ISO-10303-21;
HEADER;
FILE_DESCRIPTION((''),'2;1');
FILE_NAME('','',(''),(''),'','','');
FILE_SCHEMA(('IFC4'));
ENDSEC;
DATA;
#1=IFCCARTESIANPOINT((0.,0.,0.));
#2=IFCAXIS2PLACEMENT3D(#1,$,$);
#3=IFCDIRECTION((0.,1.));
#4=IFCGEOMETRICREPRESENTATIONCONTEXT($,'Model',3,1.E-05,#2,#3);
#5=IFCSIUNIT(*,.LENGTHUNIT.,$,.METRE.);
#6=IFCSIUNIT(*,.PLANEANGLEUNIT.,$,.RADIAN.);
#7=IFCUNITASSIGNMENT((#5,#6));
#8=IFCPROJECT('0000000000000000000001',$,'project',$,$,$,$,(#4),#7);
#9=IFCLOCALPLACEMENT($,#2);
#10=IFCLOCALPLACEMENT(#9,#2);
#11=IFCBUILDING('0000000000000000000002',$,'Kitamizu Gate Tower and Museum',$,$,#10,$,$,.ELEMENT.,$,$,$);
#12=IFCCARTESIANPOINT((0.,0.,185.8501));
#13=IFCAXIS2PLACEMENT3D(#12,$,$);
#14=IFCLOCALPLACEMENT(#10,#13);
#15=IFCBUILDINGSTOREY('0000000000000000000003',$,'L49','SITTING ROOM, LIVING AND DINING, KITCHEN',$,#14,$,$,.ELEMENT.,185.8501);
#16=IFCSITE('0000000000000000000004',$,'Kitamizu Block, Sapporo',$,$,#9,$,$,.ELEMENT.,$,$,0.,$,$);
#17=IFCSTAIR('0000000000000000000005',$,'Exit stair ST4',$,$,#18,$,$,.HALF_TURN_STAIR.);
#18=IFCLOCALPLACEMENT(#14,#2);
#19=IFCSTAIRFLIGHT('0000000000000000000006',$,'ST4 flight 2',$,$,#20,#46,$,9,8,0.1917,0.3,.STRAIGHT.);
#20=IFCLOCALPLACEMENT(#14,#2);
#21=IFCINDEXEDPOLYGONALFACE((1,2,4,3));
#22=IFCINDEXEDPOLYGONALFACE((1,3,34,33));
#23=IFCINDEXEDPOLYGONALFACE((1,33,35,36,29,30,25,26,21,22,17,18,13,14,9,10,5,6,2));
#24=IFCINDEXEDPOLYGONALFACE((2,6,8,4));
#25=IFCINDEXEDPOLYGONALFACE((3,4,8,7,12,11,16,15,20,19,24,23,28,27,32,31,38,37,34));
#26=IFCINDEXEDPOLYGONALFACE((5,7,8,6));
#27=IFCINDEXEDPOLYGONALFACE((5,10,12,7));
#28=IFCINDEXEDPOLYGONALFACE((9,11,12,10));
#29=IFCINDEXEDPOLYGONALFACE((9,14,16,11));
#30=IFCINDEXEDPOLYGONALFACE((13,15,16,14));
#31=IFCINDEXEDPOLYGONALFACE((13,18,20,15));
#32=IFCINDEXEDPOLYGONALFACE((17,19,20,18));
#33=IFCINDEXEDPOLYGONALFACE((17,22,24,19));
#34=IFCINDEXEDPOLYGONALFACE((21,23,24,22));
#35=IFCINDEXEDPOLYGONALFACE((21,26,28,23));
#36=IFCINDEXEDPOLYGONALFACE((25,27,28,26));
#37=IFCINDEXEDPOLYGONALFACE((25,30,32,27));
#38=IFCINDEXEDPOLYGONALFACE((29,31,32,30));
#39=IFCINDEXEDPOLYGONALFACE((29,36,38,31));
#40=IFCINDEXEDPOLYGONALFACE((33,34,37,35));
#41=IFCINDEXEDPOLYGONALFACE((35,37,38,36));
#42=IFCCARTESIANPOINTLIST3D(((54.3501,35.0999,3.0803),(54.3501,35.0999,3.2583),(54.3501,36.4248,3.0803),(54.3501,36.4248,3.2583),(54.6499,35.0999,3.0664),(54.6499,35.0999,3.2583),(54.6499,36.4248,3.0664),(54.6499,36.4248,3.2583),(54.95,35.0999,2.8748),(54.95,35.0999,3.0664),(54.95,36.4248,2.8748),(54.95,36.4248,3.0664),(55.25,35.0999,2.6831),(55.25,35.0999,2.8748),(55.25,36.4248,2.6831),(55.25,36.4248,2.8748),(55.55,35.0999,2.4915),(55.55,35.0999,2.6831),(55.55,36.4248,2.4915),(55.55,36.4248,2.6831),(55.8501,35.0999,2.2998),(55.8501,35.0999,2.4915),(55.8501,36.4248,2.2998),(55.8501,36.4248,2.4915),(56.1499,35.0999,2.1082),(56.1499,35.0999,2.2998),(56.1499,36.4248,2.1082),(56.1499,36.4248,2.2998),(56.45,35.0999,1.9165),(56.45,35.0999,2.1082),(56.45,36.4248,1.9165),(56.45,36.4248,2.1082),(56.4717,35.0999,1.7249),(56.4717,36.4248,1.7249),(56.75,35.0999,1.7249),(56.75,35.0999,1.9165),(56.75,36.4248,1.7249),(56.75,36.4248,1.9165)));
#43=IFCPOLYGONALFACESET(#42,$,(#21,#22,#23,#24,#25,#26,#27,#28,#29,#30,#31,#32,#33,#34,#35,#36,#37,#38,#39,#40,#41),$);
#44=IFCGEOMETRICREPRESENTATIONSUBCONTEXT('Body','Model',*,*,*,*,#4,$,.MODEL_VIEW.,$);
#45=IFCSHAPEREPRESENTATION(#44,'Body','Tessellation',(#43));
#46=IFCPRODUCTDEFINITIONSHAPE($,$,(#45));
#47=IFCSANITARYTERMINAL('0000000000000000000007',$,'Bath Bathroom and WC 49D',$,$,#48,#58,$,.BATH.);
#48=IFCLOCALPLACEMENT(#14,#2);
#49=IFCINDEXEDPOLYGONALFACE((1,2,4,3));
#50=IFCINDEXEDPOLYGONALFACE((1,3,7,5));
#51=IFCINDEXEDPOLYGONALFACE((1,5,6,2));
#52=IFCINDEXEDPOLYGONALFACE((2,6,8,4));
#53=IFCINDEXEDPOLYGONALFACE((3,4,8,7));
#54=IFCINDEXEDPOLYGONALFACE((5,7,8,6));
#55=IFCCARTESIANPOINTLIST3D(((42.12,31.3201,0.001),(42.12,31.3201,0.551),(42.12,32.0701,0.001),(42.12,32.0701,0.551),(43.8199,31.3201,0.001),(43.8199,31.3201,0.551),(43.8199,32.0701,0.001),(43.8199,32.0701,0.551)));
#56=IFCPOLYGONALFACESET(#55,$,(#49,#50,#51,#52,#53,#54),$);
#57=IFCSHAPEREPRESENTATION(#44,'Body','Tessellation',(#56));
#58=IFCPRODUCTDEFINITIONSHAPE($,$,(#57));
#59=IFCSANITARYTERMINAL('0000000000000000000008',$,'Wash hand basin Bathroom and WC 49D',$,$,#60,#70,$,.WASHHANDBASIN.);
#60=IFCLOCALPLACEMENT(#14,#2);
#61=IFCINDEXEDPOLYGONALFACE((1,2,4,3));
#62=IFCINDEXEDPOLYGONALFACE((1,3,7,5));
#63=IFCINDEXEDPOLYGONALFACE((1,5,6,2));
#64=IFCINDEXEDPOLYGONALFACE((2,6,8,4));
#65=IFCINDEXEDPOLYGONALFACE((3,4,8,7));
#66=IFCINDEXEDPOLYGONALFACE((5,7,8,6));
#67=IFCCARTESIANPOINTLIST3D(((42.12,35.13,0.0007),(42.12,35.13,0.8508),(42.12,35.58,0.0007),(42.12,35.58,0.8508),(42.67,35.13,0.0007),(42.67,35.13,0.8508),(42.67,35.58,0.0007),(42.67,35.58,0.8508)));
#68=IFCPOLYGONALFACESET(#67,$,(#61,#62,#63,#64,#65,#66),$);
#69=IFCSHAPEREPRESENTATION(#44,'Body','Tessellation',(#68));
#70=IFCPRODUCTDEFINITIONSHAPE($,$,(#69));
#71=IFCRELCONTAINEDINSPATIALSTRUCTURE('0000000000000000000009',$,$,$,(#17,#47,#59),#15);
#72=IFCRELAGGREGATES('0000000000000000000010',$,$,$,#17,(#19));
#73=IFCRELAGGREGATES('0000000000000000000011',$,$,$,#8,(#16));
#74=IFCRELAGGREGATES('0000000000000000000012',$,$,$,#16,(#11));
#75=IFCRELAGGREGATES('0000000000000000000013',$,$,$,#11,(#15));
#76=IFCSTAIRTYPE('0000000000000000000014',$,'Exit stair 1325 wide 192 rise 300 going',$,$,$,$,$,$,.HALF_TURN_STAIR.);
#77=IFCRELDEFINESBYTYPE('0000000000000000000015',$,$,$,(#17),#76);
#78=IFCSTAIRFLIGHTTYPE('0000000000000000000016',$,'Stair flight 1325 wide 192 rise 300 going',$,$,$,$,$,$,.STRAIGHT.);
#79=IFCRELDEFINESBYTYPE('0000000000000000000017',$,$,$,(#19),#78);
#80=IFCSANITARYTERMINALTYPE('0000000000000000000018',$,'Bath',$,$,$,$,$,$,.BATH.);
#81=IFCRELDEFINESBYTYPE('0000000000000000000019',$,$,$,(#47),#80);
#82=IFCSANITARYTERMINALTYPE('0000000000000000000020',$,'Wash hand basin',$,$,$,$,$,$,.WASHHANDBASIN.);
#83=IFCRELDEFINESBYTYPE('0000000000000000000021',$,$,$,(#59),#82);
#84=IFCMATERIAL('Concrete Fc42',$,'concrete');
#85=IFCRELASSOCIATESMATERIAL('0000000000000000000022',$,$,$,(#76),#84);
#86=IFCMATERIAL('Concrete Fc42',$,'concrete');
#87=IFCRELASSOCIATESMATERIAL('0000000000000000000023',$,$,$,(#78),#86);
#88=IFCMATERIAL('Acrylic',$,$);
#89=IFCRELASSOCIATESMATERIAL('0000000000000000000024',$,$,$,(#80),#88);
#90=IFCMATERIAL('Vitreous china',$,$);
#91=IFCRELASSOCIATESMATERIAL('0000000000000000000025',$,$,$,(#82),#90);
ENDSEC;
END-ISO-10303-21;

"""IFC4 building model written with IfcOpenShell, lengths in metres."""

from ifc_helpers import new_model, si_unit, direction, frame, origin, origin_2d, place, context, subcontext, project, spatial, polyline, rectangle, outline, extrude, material, type_object, element, aggregate, save


model = new_model("IFC4")

# Units and contexts
model_context = context("Model", 3, precision=1e-05, world=origin(), true_north=direction((0.0, 1.0)))
body_context = subcontext(model_context, "Body", "Model", "MODEL_VIEW")
ifc_project = project(units=[si_unit("LENGTHUNIT", "METRE"), si_unit("PLANEANGLEUNIT", "RADIAN")], contexts=[model_context])

# Site, building, storey
site_placement = place(None, origin())
site = spatial("IfcSite", under=ifc_project, at=site_placement, Name="Kitamizu Block, Sapporo", CompositionType="ELEMENT", RefElevation=0.0)
building_placement = place(site_placement, origin())
building = spatial("IfcBuilding", under=site, at=building_placement, Name="Kitamizu Gate Tower and Museum", CompositionType="ELEMENT")
storey_placement = place(building_placement, frame((0.0, 0.0, 185.8501)))
storey = spatial("IfcBuildingStorey", under=building, at=storey_placement, Name="L49", Description="SITTING ROOM, LIVING AND DINING, KITCHEN", CompositionType="ELEMENT", Elevation=185.8501)

# Stair, stair flight
ifc_material_1 = material(Name="Concrete Fc42", Category="concrete")
stair_type = type_object("IfcStairType", Name="Exit stair 1325 wide 192 rise 300 going", PredefinedType="HALF_TURN_STAIR", material=ifc_material_1)
stair_placement = place(storey_placement, origin())
stair = element("IfcStair", 1, at=stair_placement, inside=storey, type_object=stair_type, Name="Exit stair ST4", PredefinedType="HALF_TURN_STAIR")
ifc_material_2 = material(Name="Concrete Fc42", Category="concrete")
stair_flight_type = type_object("IfcStairFlightType", Name="Stair flight 1325 wide 192 rise 300 going", PredefinedType="STRAIGHT", material=ifc_material_2)
stair_flight_placement = place(storey_placement, frame((56.75, 35.7625, 1.7249), z_axis=(0.0, 0.0, 1.0), x_axis=(-1.0, 0.0, 0.0)))
stair_flight = element("IfcStairFlight", 2, at=stair_flight_placement, type_object=stair_flight_type, Name="ST4 flight 2", NumberOfRisers=9, NumberOfTreads=8, PredefinedType="STRAIGHT", RiserHeight=0.1917, TreadLength=0.3, context=body_context, shape_type="SweptSolid", body=[
    extrude(outline(polyline([(0.0, 0.0), (0.0, 0.1917), (0.3, 0.1917), (0.3, 0.3833), (0.6001, 0.3833), (0.6001, 0.575), (0.8999, 0.575), (0.8999, 0.7666), (1.2, 0.7666), (1.2, 0.9583), (1.5, 0.9583), (1.5, 1.1499), (1.8, 1.1499), (1.8, 1.3416), (2.1001, 1.3416), (2.1001, 1.5334), (2.3999, 1.5334), (2.3999, 1.7251), (2.3999, 1.3555), (0.2783, 0.0), (0.0, 0.0)])), frame((0.0, 0.6626, 0.0), z_axis=(0.0, -1.0, 0.0), x_axis=(1.0, 0.0, 0.0)), (0.0, 0.0, 1.0), 1.325),
])
aggregate(stair, [stair_flight])

# Sanitary terminals
ifc_material_3 = material(Name="Acrylic")
sanitary_terminal_type_1 = type_object("IfcSanitaryTerminalType", Name="Bath", PredefinedType="BATH", material=ifc_material_3)
sanitary_terminal_1_placement = place(storey_placement, frame((42.97, 31.6951, 0.001), z_axis=(0.0, 0.0, 1.0), x_axis=(1.0, 0.0, 0.0)))
element("IfcSanitaryTerminal", 3, at=sanitary_terminal_1_placement, inside=storey, type_object=sanitary_terminal_type_1, Name="Bath Bathroom and WC 49D", PredefinedType="BATH", context=body_context, shape_type="SweptSolid", body=[
    extrude(rectangle(XDim=1.7, YDim=0.75, at=origin_2d()), origin(), (0.0, 0.0, 1.0), 0.55),
])
ifc_material_4 = material(Name="Vitreous china")
sanitary_terminal_type_2 = type_object("IfcSanitaryTerminalType", Name="Wash hand basin", PredefinedType="WASHHANDBASIN", material=ifc_material_4)
sanitary_terminal_2_placement = place(storey_placement, frame((42.395, 35.355, 0.0007), z_axis=(0.0, 0.0, 1.0), x_axis=(1.0, 0.0, 0.0)))
element("IfcSanitaryTerminal", 4, at=sanitary_terminal_2_placement, inside=storey, type_object=sanitary_terminal_type_2, Name="Wash hand basin Bathroom and WC 49D", PredefinedType="WASHHANDBASIN", context=body_context, shape_type="SweptSolid", body=[
    extrude(rectangle(XDim=0.55, YDim=0.45, at=origin_2d()), origin(), (0.0, 0.0, 1.0), 0.8501),
])

save(model, "model.ifc")
